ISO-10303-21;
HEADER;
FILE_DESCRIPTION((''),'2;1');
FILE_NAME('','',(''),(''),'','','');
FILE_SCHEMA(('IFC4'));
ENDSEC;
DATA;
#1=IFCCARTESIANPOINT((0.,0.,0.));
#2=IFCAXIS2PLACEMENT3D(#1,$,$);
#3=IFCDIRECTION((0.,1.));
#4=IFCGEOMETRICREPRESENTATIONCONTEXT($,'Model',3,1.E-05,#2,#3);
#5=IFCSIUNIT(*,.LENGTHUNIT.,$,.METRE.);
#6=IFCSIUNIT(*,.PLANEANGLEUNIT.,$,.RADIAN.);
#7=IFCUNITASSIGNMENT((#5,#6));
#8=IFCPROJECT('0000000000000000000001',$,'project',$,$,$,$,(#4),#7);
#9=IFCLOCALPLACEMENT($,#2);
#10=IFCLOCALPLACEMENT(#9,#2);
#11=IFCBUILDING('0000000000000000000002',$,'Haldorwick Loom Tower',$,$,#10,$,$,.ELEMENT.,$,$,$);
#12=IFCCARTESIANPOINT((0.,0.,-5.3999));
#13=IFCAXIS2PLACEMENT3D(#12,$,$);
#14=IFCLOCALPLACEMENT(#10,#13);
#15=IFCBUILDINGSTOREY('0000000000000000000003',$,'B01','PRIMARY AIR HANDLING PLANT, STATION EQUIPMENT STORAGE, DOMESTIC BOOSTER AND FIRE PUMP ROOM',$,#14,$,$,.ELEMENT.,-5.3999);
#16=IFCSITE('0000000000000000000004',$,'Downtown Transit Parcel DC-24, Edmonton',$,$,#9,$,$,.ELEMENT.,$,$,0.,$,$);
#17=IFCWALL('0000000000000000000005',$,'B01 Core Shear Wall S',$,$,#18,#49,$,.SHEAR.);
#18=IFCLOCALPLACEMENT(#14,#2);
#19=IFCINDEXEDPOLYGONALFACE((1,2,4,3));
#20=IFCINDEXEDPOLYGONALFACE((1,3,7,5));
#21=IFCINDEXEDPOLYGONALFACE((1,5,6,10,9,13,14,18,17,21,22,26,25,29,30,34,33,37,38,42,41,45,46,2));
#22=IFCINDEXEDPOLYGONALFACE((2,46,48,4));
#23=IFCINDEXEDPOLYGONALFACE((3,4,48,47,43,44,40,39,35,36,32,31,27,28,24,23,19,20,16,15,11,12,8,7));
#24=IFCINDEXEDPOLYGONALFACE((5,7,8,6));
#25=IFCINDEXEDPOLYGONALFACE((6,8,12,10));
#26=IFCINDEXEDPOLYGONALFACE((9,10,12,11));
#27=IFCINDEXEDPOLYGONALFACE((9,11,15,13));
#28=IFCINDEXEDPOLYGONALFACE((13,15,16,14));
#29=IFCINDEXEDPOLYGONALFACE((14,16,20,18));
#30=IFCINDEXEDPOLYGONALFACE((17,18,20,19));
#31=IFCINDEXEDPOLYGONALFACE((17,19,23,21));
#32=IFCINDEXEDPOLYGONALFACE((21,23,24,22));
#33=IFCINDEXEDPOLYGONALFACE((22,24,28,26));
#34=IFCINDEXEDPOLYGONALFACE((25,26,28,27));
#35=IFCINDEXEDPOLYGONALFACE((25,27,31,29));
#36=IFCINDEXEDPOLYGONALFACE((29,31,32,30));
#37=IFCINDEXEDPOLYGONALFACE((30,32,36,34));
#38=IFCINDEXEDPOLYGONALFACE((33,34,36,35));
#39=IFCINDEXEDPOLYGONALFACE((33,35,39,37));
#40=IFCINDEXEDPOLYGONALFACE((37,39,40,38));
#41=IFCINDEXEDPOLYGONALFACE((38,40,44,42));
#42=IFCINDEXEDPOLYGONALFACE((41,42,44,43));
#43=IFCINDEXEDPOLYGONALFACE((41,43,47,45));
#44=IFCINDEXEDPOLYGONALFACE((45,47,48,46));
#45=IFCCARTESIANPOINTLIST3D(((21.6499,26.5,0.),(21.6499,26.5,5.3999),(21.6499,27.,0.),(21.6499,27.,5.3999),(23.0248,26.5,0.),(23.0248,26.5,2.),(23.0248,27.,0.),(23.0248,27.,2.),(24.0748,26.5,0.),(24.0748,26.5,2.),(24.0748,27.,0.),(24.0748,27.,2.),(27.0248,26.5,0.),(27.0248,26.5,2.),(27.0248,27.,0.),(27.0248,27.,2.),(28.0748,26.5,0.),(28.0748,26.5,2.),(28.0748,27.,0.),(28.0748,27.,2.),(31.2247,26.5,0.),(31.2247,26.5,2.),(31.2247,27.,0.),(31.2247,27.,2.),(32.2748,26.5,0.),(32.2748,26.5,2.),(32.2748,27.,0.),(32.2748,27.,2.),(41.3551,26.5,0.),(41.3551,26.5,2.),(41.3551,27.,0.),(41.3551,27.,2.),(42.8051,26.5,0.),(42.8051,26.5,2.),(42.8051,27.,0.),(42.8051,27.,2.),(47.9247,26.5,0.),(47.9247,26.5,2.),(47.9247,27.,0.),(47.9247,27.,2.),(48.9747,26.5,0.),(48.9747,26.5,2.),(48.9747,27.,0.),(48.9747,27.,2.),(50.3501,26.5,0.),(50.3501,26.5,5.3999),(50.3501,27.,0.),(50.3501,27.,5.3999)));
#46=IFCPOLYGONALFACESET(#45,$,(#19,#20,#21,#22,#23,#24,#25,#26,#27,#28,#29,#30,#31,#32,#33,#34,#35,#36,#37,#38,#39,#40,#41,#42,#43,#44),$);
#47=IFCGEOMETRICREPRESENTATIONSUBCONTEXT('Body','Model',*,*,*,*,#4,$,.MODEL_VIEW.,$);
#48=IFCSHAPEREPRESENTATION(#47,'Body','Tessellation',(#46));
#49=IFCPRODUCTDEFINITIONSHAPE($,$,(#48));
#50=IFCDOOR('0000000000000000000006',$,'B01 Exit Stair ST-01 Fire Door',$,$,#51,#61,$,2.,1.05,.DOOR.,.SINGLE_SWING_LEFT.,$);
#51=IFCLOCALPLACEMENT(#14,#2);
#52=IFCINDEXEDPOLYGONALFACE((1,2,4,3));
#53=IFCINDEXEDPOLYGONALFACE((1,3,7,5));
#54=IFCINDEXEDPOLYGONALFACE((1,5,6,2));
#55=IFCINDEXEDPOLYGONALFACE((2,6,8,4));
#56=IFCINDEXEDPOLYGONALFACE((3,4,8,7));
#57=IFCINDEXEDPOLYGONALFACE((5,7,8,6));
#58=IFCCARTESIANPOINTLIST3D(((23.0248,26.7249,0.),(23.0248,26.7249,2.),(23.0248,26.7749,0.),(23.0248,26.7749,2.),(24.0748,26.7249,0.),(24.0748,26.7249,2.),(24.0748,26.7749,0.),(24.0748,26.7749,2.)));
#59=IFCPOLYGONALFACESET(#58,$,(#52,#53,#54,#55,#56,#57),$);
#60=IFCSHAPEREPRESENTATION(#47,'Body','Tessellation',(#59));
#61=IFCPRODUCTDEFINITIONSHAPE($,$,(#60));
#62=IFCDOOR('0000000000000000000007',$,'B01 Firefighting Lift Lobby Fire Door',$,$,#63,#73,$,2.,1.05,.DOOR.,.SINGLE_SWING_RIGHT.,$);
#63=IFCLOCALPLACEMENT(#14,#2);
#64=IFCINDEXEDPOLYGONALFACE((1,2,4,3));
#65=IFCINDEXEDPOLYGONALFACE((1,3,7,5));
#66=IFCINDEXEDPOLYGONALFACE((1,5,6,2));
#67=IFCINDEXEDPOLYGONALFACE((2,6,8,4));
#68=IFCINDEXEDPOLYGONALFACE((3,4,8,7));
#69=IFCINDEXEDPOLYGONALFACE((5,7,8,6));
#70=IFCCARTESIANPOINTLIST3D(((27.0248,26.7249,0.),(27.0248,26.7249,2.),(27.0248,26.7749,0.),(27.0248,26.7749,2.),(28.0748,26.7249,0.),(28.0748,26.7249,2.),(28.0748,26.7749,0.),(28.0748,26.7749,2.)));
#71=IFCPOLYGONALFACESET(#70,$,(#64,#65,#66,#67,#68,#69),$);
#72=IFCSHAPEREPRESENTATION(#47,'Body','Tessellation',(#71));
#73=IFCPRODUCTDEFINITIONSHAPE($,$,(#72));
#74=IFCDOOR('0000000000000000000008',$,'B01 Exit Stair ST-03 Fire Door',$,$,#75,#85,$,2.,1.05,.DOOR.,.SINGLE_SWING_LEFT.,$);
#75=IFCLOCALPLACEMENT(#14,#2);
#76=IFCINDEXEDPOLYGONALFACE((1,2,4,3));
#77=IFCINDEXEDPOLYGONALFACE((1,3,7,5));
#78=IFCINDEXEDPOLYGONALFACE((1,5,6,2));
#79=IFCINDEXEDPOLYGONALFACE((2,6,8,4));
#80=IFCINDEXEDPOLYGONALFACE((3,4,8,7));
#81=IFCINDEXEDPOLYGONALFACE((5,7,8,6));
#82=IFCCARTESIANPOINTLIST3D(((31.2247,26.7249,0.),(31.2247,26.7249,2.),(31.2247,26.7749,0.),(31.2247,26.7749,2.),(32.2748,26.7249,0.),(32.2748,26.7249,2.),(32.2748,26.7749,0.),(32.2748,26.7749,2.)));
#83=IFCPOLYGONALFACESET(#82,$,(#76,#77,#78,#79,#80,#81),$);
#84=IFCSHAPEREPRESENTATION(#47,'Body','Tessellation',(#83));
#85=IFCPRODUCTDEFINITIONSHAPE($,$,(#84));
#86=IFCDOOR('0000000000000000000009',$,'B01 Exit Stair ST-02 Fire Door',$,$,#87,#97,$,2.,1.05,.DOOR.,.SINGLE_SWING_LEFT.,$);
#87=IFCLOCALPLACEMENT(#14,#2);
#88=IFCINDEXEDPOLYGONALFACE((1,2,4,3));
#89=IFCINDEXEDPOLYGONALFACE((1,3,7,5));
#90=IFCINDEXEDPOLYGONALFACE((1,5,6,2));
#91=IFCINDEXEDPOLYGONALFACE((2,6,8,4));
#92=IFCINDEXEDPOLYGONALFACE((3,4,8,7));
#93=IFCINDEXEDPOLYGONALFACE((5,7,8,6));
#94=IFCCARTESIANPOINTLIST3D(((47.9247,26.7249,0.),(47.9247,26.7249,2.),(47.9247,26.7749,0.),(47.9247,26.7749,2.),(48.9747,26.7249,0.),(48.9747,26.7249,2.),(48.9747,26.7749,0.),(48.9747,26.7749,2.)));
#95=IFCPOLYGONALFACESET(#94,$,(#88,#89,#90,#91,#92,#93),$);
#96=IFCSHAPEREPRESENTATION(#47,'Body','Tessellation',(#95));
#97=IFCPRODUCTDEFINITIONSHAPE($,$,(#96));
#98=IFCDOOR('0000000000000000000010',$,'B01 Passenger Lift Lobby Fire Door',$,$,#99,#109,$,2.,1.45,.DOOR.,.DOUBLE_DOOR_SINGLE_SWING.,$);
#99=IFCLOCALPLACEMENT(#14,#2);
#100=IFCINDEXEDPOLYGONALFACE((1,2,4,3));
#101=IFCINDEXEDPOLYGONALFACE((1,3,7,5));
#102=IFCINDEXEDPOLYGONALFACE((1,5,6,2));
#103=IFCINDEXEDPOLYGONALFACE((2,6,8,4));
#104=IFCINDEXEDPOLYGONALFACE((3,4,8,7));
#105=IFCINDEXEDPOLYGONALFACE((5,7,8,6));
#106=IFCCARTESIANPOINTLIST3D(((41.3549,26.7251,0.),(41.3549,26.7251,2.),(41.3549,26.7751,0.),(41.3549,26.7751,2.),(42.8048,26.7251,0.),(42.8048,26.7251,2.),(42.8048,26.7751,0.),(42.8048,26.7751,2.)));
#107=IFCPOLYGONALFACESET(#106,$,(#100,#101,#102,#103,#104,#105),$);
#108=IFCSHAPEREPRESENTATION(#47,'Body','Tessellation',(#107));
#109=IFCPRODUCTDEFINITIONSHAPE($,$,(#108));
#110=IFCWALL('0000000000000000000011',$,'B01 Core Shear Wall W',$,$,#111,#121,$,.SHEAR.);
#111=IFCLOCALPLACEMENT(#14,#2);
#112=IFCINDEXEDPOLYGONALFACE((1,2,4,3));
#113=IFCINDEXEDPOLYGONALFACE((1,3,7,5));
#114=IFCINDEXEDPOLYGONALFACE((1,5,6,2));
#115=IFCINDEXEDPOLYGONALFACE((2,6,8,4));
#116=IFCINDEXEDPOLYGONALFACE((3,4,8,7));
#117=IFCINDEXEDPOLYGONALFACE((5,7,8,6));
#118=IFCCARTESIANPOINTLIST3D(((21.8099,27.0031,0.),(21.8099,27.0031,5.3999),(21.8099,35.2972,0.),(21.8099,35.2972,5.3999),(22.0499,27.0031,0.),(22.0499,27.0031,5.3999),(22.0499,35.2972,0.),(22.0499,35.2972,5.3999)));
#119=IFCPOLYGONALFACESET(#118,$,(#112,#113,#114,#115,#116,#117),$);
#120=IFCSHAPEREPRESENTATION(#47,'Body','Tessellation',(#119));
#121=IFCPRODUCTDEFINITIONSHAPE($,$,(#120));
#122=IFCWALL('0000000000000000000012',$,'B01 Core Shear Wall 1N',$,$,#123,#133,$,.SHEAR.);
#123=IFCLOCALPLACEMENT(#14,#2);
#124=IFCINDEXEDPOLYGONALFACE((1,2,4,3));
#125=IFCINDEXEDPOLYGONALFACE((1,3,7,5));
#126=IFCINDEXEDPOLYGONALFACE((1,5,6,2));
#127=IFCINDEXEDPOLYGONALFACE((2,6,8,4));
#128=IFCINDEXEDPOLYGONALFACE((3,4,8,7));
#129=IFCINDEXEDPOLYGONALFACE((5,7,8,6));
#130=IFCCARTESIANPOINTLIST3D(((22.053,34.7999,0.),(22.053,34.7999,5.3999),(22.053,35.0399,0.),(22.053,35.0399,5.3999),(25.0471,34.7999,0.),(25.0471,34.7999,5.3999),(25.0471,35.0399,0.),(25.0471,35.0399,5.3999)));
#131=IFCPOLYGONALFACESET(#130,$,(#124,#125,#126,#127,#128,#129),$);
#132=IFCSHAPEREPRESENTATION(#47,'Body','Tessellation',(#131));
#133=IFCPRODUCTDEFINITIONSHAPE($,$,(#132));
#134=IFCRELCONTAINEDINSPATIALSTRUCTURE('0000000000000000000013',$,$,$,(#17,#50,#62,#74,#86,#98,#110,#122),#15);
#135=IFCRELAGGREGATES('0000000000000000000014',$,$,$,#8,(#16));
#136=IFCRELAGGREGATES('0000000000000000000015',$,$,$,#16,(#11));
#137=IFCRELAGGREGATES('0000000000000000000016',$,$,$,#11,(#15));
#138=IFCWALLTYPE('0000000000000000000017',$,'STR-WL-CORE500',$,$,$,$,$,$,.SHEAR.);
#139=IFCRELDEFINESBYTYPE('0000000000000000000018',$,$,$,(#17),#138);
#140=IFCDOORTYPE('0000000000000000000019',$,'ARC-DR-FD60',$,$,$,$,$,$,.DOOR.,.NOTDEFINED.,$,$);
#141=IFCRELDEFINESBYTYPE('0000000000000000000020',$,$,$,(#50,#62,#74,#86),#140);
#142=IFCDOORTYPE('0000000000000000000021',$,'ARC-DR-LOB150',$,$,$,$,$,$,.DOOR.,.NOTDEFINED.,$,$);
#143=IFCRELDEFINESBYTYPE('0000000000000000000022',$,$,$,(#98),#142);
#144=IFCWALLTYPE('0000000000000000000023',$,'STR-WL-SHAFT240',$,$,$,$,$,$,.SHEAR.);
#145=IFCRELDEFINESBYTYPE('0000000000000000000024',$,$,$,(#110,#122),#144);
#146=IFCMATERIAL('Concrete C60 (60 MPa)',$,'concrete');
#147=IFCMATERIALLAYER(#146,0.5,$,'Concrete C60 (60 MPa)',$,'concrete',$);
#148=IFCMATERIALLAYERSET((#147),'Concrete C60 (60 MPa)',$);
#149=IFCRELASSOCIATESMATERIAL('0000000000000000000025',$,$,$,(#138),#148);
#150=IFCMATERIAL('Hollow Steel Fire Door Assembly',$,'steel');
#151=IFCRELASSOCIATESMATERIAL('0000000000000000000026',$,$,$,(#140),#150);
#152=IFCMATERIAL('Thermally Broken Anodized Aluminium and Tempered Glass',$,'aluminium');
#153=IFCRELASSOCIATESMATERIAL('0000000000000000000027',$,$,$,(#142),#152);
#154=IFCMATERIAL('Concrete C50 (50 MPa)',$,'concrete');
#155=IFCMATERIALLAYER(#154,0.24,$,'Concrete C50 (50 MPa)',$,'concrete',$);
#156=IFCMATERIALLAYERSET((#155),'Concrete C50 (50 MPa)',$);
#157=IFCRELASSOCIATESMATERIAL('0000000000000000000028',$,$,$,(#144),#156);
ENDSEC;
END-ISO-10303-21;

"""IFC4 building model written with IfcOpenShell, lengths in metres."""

from ifc_helpers import new_model, si_unit, direction, frame, frame_2d, origin, place, context, subcontext, project, spatial, rectangle, extrude, material, layer, layer_set, type_object, element, fill, save


model = new_model("IFC4")

# Units and contexts
model_context = context("Model", 3, precision=1e-05, world=origin(), true_north=direction((0.0, 1.0)))
body_context = subcontext(model_context, "Body", "Model", "MODEL_VIEW")
ifc_project = project(units=[si_unit("LENGTHUNIT", "METRE"), si_unit("PLANEANGLEUNIT", "RADIAN")], contexts=[model_context])

# Site, building, storey
site_placement = place(None, origin())
site = spatial("IfcSite", under=ifc_project, at=site_placement, Name="Downtown Transit Parcel DC-24, Edmonton", CompositionType="ELEMENT", RefElevation=0.0)
building_placement = place(site_placement, origin())
building = spatial("IfcBuilding", under=site, at=building_placement, Name="Haldorwick Loom Tower", CompositionType="ELEMENT")
storey_placement = place(building_placement, frame((0.0, 0.0, -5.3999)))
storey = spatial("IfcBuildingStorey", under=building, at=storey_placement, Name="B01", Description="PRIMARY AIR HANDLING PLANT, STATION EQUIPMENT STORAGE, DOMESTIC BOOSTER AND FIRE PUMP ROOM", CompositionType="ELEMENT", Elevation=-5.3999)

# Shared definitions
ifc_material_1 = material(Name="Concrete C60 (60 MPa)", Category="concrete")

# Wall, openings, doors
ifc_layer_1 = layer(ifc_material_1, 0.5, Name="Concrete C60 (60 MPa)", Category="concrete")
ifc_layer_set_1 = layer_set([ifc_layer_1], Name="Concrete C60 (60 MPa)")
wall_type_1 = type_object("IfcWallType", Name="STR-WL-CORE500", PredefinedType="SHEAR", material=ifc_layer_set_1)
wall_1_placement = place(storey_placement, frame((21.6499, 26.75, 0.0), z_axis=(0.0, 0.0, 1.0), x_axis=(1.0, 0.0, 0.0)))
wall_1 = element("IfcWall", 1, at=wall_1_placement, inside=storey, type_object=wall_type_1, Name="B01 Core Shear Wall S", PredefinedType="SHEAR", context=body_context, shape_type="SweptSolid", body=[
    extrude(rectangle(XDim=28.7002, YDim=0.5, at=frame_2d((14.3501, 0.0))), origin(), (0.0, 0.0, 1.0), 5.3999),
])
opening_1_placement = place(wall_1_placement, frame((1.375, 0.0, 0.0)))
opening_1 = element("IfcOpeningElement", 2, at=opening_1_placement, cuts=wall_1, PredefinedType="OPENING", context=body_context, shape_type="SweptSolid", body=[
    extrude(rectangle(XDim=1.05, YDim=2.0, at=frame_2d((0.5249, 1.0))), frame((0.0, 0.26, 0.0), z_axis=(0.0, -1.0, 0.0), x_axis=(1.0, 0.0, 0.0)), (0.0, 0.0, 1.0), 0.52),
])
opening_2_placement = place(wall_1_placement, frame((5.375, 0.0, 0.0)))
opening_2 = element("IfcOpeningElement", 3, at=opening_2_placement, cuts=wall_1, PredefinedType="OPENING", context=body_context, shape_type="SweptSolid", body=[
    extrude(rectangle(XDim=1.05, YDim=2.0, at=frame_2d((0.5249, 1.0))), frame((0.0, 0.26, 0.0), z_axis=(0.0, -1.0, 0.0), x_axis=(1.0, 0.0, 0.0)), (0.0, 0.0, 1.0), 0.52),
])
opening_3_placement = place(wall_1_placement, frame((9.575, 0.0, 0.0)))
opening_3 = element("IfcOpeningElement", 4, at=opening_3_placement, cuts=wall_1, PredefinedType="OPENING", context=body_context, shape_type="SweptSolid", body=[
    extrude(rectangle(XDim=1.05, YDim=2.0, at=frame_2d((0.5249, 1.0))), frame((0.0, 0.26, 0.0), z_axis=(0.0, -1.0, 0.0), x_axis=(1.0, 0.0, 0.0)), (0.0, 0.0, 1.0), 0.52),
])
opening_4_placement = place(wall_1_placement, frame((19.7051, 0.0, 0.0)))
opening_4 = element("IfcOpeningElement", 5, at=opening_4_placement, cuts=wall_1, PredefinedType="OPENING", context=body_context, shape_type="SweptSolid", body=[
    extrude(rectangle(XDim=1.45, YDim=2.0, at=frame_2d((0.7251, 1.0))), frame((0.0, 0.26, 0.0), z_axis=(0.0, -1.0, 0.0), x_axis=(1.0, 0.0, 0.0)), (0.0, 0.0, 1.0), 0.52),
])
opening_5_placement = place(wall_1_placement, frame((26.2749, 0.0, 0.0)))
opening_5 = element("IfcOpeningElement", 6, at=opening_5_placement, cuts=wall_1, PredefinedType="OPENING", context=body_context, shape_type="SweptSolid", body=[
    extrude(rectangle(XDim=1.05, YDim=2.0, at=frame_2d((0.5249, 1.0))), frame((0.0, 0.26, 0.0), z_axis=(0.0, -1.0, 0.0), x_axis=(1.0, 0.0, 0.0)), (0.0, 0.0, 1.0), 0.52),
])
ifc_material_2 = material(Name="Hollow Steel Fire Door Assembly", Category="steel")
door_type_1 = type_object("IfcDoorType", Name="ARC-DR-FD60", OperationType="NOTDEFINED", PredefinedType="DOOR", material=ifc_material_2)
door_1_placement = place(opening_1_placement, origin())
door_1 = element("IfcDoor", 7, at=door_1_placement, inside=storey, type_object=door_type_1, Name="B01 Exit Stair ST-01 Fire Door", OperationType="SINGLE_SWING_LEFT", OverallHeight=2.0, OverallWidth=1.05, PredefinedType="DOOR", context=body_context, shape_type="SweptSolid", body=[
    extrude(rectangle(XDim=1.05, YDim=2.0, at=frame_2d((0.5249, 1.0))), frame((0.0, 0.0249, 0.0), z_axis=(0.0, -1.0, 0.0), x_axis=(1.0, 0.0, 0.0)), (0.0, 0.0, 1.0), 0.05),
])
fill(opening_1, door_1)
door_2_placement = place(opening_2_placement, origin())
door_2 = element("IfcDoor", 8, at=door_2_placement, inside=storey, type_object=door_type_1, Name="B01 Firefighting Lift Lobby Fire Door", OperationType="SINGLE_SWING_RIGHT", OverallHeight=2.0, OverallWidth=1.05, PredefinedType="DOOR", context=body_context, shape_type="SweptSolid", body=[
    extrude(rectangle(XDim=1.05, YDim=2.0, at=frame_2d((0.5249, 1.0))), frame((0.0, 0.0249, 0.0), z_axis=(0.0, -1.0, 0.0), x_axis=(1.0, 0.0, 0.0)), (0.0, 0.0, 1.0), 0.05),
])
fill(opening_2, door_2)
door_3_placement = place(opening_3_placement, origin())
door_3 = element("IfcDoor", 9, at=door_3_placement, inside=storey, type_object=door_type_1, Name="B01 Exit Stair ST-03 Fire Door", OperationType="SINGLE_SWING_LEFT", OverallHeight=2.0, OverallWidth=1.05, PredefinedType="DOOR", context=body_context, shape_type="SweptSolid", body=[
    extrude(rectangle(XDim=1.05, YDim=2.0, at=frame_2d((0.5249, 1.0))), frame((0.0, 0.0249, 0.0), z_axis=(0.0, -1.0, 0.0), x_axis=(1.0, 0.0, 0.0)), (0.0, 0.0, 1.0), 0.05),
])
fill(opening_3, door_3)
door_4_placement = place(opening_5_placement, origin())
door_4 = element("IfcDoor", 10, at=door_4_placement, inside=storey, type_object=door_type_1, Name="B01 Exit Stair ST-02 Fire Door", OperationType="SINGLE_SWING_LEFT", OverallHeight=2.0, OverallWidth=1.05, PredefinedType="DOOR", context=body_context, shape_type="SweptSolid", body=[
    extrude(rectangle(XDim=1.05, YDim=2.0, at=frame_2d((0.5249, 1.0))), frame((0.0, 0.0249, 0.0), z_axis=(0.0, -1.0, 0.0), x_axis=(1.0, 0.0, 0.0)), (0.0, 0.0, 1.0), 0.05),
])
fill(opening_5, door_4)
ifc_material_3 = material(Name="Thermally Broken Anodized Aluminium and Tempered Glass", Category="aluminium")
door_type_2 = type_object("IfcDoorType", Name="ARC-DR-LOB150", OperationType="NOTDEFINED", PredefinedType="DOOR", material=ifc_material_3)
door_5_placement = place(opening_4_placement, frame((1.45, 0.0, 0.0), z_axis=(0.0, 0.0, 1.0), x_axis=(-1.0, 0.0, 0.0)))
door_5 = element("IfcDoor", 11, at=door_5_placement, inside=storey, type_object=door_type_2, Name="B01 Passenger Lift Lobby Fire Door", OperationType="DOUBLE_DOOR_SINGLE_SWING", OverallHeight=2.0, OverallWidth=1.45, PredefinedType="DOOR", context=body_context, shape_type="SweptSolid", body=[
    extrude(rectangle(XDim=1.45, YDim=2.0, at=frame_2d((0.7251, 1.0))), frame((0.0, 0.0249, 0.0), z_axis=(0.0, -1.0, 0.0), x_axis=(1.0, 0.0, 0.0)), (0.0, 0.0, 1.0), 0.05),
])
fill(opening_4, door_5)

# Walls
ifc_material_4 = material(Name="Concrete C50 (50 MPa)", Category="concrete")
ifc_layer_2 = layer(ifc_material_4, 0.24, Name="Concrete C50 (50 MPa)", Category="concrete")
ifc_layer_set_2 = layer_set([ifc_layer_2], Name="Concrete C50 (50 MPa)")
wall_type_2 = type_object("IfcWallType", Name="STR-WL-SHAFT240", PredefinedType="SHEAR", material=ifc_layer_set_2)
wall_2_placement = place(storey_placement, frame((21.9299, 35.2971, 0.0), z_axis=(0.0, 0.0, 1.0), x_axis=(0.0, -1.0, 0.0)))
element("IfcWall", 12, at=wall_2_placement, inside=storey, type_object=wall_type_2, Name="B01 Core Shear Wall W", PredefinedType="SHEAR", context=body_context, shape_type="SweptSolid", body=[
    extrude(rectangle(XDim=8.2942, YDim=0.24, at=frame_2d((4.147, 0.0))), origin(), (0.0, 0.0, 1.0), 5.3999),
])
wall_3_placement = place(storey_placement, frame((22.053, 34.9199, 0.0), z_axis=(0.0, 0.0, 1.0), x_axis=(1.0, 0.0, 0.0)))
element("IfcWall", 13, at=wall_3_placement, inside=storey, type_object=wall_type_2, Name="B01 Core Shear Wall 1N", PredefinedType="SHEAR", context=body_context, shape_type="SweptSolid", body=[
    extrude(rectangle(XDim=2.9941, YDim=0.24, at=frame_2d((1.4971, 0.0))), origin(), (0.0, 0.0, 1.0), 5.3999),
])

save(model, "model.ifc")
